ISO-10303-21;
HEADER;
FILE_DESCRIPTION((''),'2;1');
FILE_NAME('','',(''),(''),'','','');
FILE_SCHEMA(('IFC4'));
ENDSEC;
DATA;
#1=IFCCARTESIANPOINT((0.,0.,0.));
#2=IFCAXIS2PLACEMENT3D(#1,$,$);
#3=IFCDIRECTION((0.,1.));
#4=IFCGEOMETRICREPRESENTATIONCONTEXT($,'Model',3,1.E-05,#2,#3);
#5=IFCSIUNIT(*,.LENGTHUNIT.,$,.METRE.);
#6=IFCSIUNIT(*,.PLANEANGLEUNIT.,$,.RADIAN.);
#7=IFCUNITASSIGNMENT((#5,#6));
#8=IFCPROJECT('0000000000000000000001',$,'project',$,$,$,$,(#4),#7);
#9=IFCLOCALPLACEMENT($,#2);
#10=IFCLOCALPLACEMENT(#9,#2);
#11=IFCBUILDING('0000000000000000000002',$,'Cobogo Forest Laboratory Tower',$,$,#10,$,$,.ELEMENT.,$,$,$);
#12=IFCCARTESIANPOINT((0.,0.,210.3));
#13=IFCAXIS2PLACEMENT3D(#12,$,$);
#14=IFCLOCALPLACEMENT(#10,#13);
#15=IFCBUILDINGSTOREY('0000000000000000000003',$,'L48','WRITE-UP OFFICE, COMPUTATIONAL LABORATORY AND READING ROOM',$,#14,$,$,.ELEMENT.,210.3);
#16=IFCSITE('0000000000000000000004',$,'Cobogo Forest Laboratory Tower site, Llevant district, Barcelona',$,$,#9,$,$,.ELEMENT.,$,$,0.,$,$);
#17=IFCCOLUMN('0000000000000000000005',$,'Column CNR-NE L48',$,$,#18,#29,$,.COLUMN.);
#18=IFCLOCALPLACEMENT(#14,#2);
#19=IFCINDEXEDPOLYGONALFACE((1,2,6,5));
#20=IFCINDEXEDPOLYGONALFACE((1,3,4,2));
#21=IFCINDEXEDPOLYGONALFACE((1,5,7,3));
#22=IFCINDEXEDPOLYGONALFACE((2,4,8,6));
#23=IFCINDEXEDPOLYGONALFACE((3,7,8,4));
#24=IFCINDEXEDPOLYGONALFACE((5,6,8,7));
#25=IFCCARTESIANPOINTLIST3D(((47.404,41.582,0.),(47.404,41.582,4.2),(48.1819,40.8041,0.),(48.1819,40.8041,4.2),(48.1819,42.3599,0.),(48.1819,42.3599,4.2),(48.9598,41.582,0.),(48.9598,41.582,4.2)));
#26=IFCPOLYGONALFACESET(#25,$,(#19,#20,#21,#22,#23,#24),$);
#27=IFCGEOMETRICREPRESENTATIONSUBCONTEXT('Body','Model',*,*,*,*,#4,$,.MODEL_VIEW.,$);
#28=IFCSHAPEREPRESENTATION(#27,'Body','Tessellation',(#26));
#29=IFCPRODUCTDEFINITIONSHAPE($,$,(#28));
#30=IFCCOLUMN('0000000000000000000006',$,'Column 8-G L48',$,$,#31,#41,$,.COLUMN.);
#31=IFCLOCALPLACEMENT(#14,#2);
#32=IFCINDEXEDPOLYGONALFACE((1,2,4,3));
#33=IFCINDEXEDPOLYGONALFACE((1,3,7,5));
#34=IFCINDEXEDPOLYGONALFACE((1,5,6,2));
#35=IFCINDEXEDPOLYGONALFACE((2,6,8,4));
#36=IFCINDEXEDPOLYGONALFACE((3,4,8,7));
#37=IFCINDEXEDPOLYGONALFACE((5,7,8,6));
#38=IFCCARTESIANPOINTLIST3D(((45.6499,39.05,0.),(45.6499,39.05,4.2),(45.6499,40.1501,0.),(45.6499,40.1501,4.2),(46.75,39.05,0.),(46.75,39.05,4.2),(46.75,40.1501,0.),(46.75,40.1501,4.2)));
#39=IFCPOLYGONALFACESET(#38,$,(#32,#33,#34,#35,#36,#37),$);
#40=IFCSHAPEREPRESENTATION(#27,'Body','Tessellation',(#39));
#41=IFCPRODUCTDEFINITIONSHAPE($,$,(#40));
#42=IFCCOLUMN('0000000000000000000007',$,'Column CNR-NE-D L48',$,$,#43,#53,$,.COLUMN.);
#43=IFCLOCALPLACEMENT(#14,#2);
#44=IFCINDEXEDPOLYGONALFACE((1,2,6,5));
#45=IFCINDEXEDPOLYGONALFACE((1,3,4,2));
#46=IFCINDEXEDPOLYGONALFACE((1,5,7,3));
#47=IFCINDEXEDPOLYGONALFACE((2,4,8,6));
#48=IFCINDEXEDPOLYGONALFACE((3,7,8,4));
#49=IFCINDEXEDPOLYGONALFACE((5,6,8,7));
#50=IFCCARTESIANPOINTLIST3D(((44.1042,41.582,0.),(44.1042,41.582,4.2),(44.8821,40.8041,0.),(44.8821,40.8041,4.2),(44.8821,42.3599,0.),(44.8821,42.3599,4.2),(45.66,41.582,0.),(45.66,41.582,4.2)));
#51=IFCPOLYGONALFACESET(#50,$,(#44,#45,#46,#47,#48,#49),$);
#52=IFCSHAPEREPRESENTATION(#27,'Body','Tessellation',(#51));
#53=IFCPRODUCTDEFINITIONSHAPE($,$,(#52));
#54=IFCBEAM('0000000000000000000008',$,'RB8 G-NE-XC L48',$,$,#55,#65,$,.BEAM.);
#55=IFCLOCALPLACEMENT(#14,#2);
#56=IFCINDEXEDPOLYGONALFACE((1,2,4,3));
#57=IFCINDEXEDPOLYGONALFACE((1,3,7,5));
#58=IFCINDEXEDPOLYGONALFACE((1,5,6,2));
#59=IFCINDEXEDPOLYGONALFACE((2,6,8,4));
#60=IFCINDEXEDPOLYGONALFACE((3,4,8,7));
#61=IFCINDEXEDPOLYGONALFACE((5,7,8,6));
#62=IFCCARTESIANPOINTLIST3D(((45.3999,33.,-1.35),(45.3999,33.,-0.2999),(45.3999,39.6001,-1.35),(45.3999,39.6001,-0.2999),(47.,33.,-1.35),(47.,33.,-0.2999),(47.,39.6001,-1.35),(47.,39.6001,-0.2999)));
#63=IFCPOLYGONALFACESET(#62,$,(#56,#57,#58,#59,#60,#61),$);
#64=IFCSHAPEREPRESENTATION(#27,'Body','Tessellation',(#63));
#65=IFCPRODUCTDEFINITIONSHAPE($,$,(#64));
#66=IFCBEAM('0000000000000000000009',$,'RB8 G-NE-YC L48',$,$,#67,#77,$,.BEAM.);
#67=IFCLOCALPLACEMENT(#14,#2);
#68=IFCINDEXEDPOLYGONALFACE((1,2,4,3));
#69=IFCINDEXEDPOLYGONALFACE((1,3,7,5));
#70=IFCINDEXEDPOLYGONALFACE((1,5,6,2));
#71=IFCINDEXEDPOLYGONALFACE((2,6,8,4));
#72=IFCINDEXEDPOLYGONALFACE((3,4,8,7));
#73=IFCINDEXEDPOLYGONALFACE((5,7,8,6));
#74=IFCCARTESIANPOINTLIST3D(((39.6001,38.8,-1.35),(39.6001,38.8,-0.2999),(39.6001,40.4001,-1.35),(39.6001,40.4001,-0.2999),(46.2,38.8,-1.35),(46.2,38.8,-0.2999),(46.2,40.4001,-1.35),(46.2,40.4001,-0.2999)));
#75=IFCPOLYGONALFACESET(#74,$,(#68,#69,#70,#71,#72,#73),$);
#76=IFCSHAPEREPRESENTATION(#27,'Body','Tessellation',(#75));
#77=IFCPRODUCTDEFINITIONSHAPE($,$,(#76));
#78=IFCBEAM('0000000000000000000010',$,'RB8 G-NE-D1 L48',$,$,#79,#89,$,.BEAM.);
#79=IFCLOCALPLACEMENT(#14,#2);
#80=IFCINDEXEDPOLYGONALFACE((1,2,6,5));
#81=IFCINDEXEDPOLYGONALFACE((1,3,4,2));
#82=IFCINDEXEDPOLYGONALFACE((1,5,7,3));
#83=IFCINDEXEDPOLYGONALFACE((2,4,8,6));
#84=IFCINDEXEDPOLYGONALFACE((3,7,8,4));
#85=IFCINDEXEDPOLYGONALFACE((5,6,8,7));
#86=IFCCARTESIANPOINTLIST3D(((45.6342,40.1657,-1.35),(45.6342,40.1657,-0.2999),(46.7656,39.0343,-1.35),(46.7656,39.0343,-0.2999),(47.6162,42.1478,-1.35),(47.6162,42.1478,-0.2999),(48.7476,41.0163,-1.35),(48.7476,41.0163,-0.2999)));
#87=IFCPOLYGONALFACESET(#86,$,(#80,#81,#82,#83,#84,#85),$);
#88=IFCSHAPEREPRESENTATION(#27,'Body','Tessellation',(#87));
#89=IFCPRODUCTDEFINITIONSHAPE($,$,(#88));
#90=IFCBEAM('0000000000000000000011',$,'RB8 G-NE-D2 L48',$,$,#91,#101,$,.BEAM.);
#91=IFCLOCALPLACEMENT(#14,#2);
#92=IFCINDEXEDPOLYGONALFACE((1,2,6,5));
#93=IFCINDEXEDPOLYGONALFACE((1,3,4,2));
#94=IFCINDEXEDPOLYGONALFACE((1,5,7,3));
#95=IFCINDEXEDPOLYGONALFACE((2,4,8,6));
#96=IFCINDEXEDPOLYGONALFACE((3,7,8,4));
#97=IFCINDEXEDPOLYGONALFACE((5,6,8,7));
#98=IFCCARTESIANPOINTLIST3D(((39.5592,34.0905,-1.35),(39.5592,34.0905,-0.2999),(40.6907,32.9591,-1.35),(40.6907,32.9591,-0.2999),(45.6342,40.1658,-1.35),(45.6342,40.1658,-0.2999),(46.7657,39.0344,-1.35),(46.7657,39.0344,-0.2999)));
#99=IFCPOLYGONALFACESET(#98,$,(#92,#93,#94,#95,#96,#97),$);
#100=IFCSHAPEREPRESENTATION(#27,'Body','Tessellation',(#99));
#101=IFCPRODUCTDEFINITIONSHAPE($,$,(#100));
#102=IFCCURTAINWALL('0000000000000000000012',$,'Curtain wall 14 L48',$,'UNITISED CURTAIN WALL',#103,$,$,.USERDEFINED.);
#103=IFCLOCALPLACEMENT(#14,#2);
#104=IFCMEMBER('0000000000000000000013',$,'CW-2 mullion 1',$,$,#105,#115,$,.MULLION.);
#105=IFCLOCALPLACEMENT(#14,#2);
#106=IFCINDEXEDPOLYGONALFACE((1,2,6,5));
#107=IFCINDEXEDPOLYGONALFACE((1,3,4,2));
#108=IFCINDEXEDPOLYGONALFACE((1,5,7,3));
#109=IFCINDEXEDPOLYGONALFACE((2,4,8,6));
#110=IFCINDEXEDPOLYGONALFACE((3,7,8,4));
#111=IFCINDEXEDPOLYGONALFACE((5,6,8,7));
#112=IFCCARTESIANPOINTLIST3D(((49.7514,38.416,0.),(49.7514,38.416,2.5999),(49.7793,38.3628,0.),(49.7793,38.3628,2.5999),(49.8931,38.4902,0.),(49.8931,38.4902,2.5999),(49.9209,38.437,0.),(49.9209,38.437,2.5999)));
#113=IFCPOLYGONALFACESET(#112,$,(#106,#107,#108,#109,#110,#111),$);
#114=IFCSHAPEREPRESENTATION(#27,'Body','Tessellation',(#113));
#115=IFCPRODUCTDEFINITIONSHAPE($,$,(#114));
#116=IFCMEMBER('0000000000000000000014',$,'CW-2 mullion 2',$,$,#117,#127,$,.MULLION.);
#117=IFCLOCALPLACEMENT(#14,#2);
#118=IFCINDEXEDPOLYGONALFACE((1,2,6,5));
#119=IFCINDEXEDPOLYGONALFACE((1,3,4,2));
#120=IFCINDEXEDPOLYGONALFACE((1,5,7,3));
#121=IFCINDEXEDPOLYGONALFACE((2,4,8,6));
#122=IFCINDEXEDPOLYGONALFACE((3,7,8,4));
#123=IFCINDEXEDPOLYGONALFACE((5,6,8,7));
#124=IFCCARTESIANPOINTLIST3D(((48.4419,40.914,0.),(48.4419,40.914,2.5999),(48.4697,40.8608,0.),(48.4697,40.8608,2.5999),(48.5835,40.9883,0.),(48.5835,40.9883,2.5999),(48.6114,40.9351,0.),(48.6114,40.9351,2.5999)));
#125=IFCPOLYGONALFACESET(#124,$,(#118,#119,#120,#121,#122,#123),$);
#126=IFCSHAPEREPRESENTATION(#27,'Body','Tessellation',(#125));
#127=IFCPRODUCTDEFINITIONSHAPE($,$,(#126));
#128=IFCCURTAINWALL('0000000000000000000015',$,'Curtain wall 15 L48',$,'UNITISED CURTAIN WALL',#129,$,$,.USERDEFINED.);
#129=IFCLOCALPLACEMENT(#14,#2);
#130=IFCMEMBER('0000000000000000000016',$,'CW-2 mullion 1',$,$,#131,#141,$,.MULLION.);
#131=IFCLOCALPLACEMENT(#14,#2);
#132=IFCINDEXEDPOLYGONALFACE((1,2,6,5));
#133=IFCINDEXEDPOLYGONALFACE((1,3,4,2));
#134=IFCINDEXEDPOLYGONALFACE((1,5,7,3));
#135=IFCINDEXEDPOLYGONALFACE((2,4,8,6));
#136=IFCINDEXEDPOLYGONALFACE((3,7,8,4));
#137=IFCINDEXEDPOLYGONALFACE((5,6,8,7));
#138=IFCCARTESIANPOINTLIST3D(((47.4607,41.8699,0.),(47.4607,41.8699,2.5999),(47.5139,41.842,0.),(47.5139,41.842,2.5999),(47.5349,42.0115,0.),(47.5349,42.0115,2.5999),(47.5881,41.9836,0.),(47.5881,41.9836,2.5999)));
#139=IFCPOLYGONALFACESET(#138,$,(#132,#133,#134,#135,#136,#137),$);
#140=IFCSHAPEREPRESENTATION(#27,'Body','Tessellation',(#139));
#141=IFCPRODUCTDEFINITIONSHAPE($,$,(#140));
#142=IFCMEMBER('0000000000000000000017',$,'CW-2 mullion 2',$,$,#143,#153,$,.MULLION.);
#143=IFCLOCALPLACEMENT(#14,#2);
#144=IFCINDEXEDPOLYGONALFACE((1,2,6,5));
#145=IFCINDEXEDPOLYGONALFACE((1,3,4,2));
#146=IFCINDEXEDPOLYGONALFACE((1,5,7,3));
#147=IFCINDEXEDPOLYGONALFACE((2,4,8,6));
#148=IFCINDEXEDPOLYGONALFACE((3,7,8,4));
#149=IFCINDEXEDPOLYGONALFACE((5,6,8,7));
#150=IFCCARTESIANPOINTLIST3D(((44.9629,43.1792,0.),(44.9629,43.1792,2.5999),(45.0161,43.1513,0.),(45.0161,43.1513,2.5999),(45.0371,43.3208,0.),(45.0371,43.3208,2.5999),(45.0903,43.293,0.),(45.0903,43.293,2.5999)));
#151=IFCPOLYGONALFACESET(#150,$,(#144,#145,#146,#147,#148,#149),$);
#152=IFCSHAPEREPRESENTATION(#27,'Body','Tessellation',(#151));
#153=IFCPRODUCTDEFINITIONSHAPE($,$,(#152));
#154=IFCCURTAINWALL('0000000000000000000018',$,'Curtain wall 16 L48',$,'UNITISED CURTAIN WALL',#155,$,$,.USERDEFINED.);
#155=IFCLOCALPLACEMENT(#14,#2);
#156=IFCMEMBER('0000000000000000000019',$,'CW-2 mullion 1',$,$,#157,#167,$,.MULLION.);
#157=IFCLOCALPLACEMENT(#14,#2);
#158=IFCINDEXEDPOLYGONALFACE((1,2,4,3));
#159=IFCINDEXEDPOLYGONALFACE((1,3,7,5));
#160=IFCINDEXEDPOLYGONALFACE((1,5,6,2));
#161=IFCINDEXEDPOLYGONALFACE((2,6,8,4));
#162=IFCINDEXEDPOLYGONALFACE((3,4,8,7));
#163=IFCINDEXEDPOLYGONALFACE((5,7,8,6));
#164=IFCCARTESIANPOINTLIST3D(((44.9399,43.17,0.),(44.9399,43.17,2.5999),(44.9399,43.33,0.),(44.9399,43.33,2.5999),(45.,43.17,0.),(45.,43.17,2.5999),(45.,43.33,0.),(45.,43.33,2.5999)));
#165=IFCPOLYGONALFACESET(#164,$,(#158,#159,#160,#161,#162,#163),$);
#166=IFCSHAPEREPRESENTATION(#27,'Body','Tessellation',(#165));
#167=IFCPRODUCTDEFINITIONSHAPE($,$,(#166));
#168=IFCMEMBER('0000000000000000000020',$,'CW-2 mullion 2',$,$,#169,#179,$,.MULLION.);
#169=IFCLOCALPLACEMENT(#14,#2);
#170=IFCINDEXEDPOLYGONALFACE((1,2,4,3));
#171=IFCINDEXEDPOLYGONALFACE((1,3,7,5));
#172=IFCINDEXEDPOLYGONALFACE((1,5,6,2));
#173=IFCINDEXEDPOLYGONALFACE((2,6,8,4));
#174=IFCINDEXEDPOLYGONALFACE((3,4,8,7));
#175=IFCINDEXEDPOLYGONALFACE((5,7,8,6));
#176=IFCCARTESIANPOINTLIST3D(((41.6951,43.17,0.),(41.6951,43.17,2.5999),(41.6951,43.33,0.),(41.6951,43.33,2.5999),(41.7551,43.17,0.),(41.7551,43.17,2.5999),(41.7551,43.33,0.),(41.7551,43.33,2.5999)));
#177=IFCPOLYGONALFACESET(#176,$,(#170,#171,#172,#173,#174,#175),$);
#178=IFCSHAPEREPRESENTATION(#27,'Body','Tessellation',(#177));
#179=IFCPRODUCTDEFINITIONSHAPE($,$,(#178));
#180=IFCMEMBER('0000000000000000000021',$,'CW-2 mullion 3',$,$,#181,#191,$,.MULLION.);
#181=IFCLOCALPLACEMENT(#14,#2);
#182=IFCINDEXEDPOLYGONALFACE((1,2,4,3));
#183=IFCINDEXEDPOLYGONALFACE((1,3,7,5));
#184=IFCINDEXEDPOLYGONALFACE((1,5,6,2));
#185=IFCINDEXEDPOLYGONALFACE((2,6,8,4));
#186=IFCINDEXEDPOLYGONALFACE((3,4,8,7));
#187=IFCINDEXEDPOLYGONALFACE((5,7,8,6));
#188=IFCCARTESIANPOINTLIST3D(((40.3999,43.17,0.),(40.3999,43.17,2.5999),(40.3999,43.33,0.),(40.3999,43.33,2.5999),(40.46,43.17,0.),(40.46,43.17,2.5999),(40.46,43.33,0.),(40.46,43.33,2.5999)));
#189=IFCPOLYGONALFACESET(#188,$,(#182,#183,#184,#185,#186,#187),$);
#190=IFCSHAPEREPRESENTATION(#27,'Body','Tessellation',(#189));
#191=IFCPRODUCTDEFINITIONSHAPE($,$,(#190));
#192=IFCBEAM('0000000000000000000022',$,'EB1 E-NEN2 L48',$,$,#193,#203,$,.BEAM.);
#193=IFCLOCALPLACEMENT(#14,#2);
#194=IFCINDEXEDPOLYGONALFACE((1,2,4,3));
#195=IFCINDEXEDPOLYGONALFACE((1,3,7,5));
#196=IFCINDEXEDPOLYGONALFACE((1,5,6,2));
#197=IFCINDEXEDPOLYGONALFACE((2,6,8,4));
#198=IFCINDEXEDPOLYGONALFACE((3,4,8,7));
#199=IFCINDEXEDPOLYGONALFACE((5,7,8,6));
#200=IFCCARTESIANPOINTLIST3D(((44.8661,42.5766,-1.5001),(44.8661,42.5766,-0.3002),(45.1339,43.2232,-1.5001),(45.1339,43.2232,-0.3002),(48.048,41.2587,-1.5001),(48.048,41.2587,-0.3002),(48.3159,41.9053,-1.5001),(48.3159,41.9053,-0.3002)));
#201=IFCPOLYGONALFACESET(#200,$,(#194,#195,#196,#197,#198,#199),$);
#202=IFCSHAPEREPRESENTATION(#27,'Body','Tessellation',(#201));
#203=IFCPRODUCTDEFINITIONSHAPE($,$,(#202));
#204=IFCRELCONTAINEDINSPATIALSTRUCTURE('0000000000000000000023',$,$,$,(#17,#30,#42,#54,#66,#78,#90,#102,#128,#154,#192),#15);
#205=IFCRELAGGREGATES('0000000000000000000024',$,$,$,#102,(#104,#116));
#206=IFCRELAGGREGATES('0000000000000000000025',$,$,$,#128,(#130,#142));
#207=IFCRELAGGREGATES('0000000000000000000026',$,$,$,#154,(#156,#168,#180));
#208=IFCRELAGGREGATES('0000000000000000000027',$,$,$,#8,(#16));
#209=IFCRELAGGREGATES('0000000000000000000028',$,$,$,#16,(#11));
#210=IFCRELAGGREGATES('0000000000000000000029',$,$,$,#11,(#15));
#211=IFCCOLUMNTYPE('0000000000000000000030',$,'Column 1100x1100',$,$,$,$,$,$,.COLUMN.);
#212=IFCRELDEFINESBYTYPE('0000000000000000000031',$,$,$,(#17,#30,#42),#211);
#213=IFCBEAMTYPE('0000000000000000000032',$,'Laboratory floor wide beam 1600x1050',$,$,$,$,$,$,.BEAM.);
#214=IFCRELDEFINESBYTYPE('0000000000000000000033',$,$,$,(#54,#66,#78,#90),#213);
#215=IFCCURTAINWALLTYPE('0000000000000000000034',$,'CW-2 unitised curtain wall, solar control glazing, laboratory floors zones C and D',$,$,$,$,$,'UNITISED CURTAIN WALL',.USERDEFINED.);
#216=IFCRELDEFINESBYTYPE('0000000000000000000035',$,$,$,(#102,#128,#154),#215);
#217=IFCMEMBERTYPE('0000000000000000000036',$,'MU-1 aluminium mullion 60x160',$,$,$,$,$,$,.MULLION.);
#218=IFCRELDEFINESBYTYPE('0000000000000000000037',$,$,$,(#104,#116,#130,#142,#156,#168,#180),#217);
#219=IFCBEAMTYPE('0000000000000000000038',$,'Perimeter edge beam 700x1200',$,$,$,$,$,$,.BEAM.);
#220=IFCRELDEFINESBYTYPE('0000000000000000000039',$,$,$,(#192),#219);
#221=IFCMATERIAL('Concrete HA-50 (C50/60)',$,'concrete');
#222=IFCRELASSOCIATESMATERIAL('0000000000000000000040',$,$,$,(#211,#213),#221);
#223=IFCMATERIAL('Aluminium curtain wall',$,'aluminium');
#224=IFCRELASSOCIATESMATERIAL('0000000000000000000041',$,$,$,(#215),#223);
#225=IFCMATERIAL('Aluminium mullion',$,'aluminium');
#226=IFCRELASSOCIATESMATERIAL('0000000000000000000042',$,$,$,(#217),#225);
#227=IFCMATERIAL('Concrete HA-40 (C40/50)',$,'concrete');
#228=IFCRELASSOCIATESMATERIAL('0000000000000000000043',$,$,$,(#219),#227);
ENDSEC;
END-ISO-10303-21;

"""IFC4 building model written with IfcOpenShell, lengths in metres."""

from ifc_helpers import new_model, si_unit, direction, frame, origin, origin_2d, place, context, subcontext, project, spatial, rectangle, extrude, material, material_profile, profile_set, type_object, element, aggregate, save


model = new_model("IFC4")

# Units and contexts
model_context = context("Model", 3, precision=1e-05, world=origin(), true_north=direction((0.0, 1.0)))
body_context = subcontext(model_context, "Body", "Model", "MODEL_VIEW")
ifc_project = project(units=[si_unit("LENGTHUNIT", "METRE"), si_unit("PLANEANGLEUNIT", "RADIAN")], contexts=[model_context])

# Site, building, storey
site_placement = place(None, origin())
site = spatial("IfcSite", under=ifc_project, at=site_placement, Name="Cobogo Forest Laboratory Tower site, Llevant district, Barcelona", CompositionType="ELEMENT", RefElevation=0.0)
building_placement = place(site_placement, origin())
building = spatial("IfcBuilding", under=site, at=building_placement, Name="Cobogo Forest Laboratory Tower", CompositionType="ELEMENT")
storey_placement = place(building_placement, frame((0.0, 0.0, 210.3)))
storey = spatial("IfcBuildingStorey", under=building, at=storey_placement, Name="L48", Description="WRITE-UP OFFICE, COMPUTATIONAL LABORATORY AND READING ROOM", CompositionType="ELEMENT", Elevation=210.3)

# Columns
ifc_material_1 = material(Name="Concrete HA-50 (C50/60)", Category="concrete")
ifc_material_profile_1 = material_profile(ifc_material_1, rectangle(XDim=1.1001, YDim=1.1001, at=origin_2d()), Name="RC 1100x1100")
ifc_profile_set_1 = profile_set([ifc_material_profile_1], Name="Concrete HA-50 (C50/60)")
column_type = type_object("IfcColumnType", Name="Column 1100x1100", PredefinedType="COLUMN", material=ifc_profile_set_1)
for number, where, z_axis, x_axis, name in (
    (1, (48.1819, 41.582, 0.0), (0.0, 0.0, 1.0), (0.707107, 0.707107, 0.0), "Column CNR-NE L48"),
    (2, (46.2, 39.6001, 0.0), (0.0, 0.0, 1.0), (1.0, 0.0, 0.0), "Column 8-G L48"),
    (3, (44.8821, 41.582, 0.0), (0.0, 0.0, 1.0), (0.707107, 0.707107, 0.0), "Column CNR-NE-D L48"),
):
    element("IfcColumn", number, at=place(storey_placement, frame(where, z_axis=z_axis, x_axis=x_axis)), inside=storey, type_object=column_type, Name=name, PredefinedType="COLUMN", context=body_context, shape_type="SweptSolid", body=[
        extrude(rectangle(XDim=1.1001, YDim=1.1001, at=origin_2d()), origin(), (0.0, 0.0, 1.0), 4.2),
    ])

# Beams
ifc_material_profile_2 = material_profile(ifc_material_1, rectangle(XDim=1.6001, YDim=1.05, at=origin_2d()), Name="RC 1600x1050")
ifc_profile_set_2 = profile_set([ifc_material_profile_2], Name="Concrete HA-50 (C50/60)")
beam_type_1 = type_object("IfcBeamType", Name="Laboratory floor wide beam 1600x1050", PredefinedType="BEAM", material=ifc_profile_set_2)
beam_1_placement = place(storey_placement, frame((46.2, 39.6001, -0.825), z_axis=(0.0, -1.0, 0.0), x_axis=(1.0, 0.0, 0.0)))
element("IfcBeam", 4, at=beam_1_placement, inside=storey, type_object=beam_type_1, Name="RB8 G-NE-XC L48", PredefinedType="BEAM", context=body_context, shape_type="SweptSolid", body=[
    extrude(rectangle(XDim=1.6001, YDim=1.05, at=origin_2d()), origin(), (0.0, 0.0, 1.0), 6.6001),
])
beam_2_placement = place(storey_placement, frame((46.2, 39.6001, -0.825), z_axis=(-1.0, 0.0, 0.0), x_axis=(0.0, -1.0, 0.0)))
element("IfcBeam", 5, at=beam_2_placement, inside=storey, type_object=beam_type_1, Name="RB8 G-NE-YC L48", PredefinedType="BEAM", context=body_context, shape_type="SweptSolid", body=[
    extrude(rectangle(XDim=1.6001, YDim=1.05, at=origin_2d()), origin(), (0.0, 0.0, 1.0), 6.5999),
])
beam_3_placement = place(storey_placement, frame((48.1819, 41.582, -0.825), z_axis=(-0.707107, -0.707107, 0.0), x_axis=(0.707107, -0.707107, 0.0)))
element("IfcBeam", 6, at=beam_3_placement, inside=storey, type_object=beam_type_1, Name="RB8 G-NE-D1 L48", PredefinedType="BEAM", context=body_context, shape_type="SweptSolid", body=[
    extrude(rectangle(XDim=1.6001, YDim=1.05, at=origin_2d()), origin(), (0.0, 0.0, 1.0), 2.803),
])
beam_4_placement = place(storey_placement, frame((46.2, 39.6001, -0.825), z_axis=(-0.707093, -0.707121, 0.0), x_axis=(0.707121, -0.707093, 0.0)))
element("IfcBeam", 7, at=beam_4_placement, inside=storey, type_object=beam_type_1, Name="RB8 G-NE-D2 L48", PredefinedType="BEAM", context=body_context, shape_type="SweptSolid", body=[
    extrude(rectangle(XDim=1.6001, YDim=1.05, at=origin_2d()), origin(), (0.0, 0.0, 1.0), 8.5916),
])

# Curtain walls, members
ifc_material_2 = material(Name="Aluminium curtain wall", Category="aluminium")
curtain_wall_type = type_object("IfcCurtainWallType", Name="CW-2 unitised curtain wall, solar control glazing, laboratory floors zones C and D", ElementType="UNITISED CURTAIN WALL", PredefinedType="USERDEFINED", material=ifc_material_2)
curtain_wall_1_placement = place(storey_placement, origin())
curtain_wall_1 = element("IfcCurtainWall", 8, at=curtain_wall_1_placement, inside=storey, type_object=curtain_wall_type, Name="Curtain wall 14 L48", ObjectType="UNITISED CURTAIN WALL", PredefinedType="USERDEFINED")
ifc_material_3 = material(Name="Aluminium mullion", Category="aluminium")
ifc_material_profile_3 = material_profile(ifc_material_3, rectangle(XDim=0.0601, YDim=0.1599, at=origin_2d()), Name="AL 60x160")
ifc_profile_set_3 = profile_set([ifc_material_profile_3], Name="Aluminium mullion")
member_type_1 = type_object("IfcMemberType", Name="MU-1 aluminium mullion 60x160", PredefinedType="MULLION", material=ifc_profile_set_3)
member_1_placement = place(storey_placement, frame((49.8362, 38.4265, 0.0), z_axis=(0.0, 0.0, 1.0), x_axis=(-0.464284, 0.885686, 0.0)))
member_1 = element("IfcMember", 9, at=member_1_placement, type_object=member_type_1, Name="CW-2 mullion 1", PredefinedType="MULLION", context=body_context, shape_type="SweptSolid", body=[
    extrude(rectangle(XDim=0.0601, YDim=0.1599, at=origin_2d()), origin(), (0.0, 0.0, 1.0), 2.5999),
])
member_2_placement = place(storey_placement, frame((48.5266, 40.9246, 0.0), z_axis=(0.0, 0.0, 1.0), x_axis=(-0.464284, 0.885686, 0.0)))
member_2 = element("IfcMember", 10, at=member_2_placement, type_object=member_type_1, Name="CW-2 mullion 2", PredefinedType="MULLION", context=body_context, shape_type="SweptSolid", body=[
    extrude(rectangle(XDim=0.0601, YDim=0.1599, at=origin_2d()), origin(), (0.0, 0.0, 1.0), 2.5999),
])
curtain_wall_2_placement = place(storey_placement, origin())
curtain_wall_2 = element("IfcCurtainWall", 11, at=curtain_wall_2_placement, inside=storey, type_object=curtain_wall_type, Name="Curtain wall 15 L48", ObjectType="UNITISED CURTAIN WALL", PredefinedType="USERDEFINED")
member_3_placement = place(storey_placement, frame((47.5244, 41.9268, 0.0), z_axis=(0.0, 0.0, 1.0), x_axis=(-0.885686, 0.464284, 0.0)))
member_3 = element("IfcMember", 12, at=member_3_placement, type_object=member_type_1, Name="CW-2 mullion 1", PredefinedType="MULLION", context=body_context, shape_type="SweptSolid", body=[
    extrude(rectangle(XDim=0.0601, YDim=0.1599, at=origin_2d()), origin(), (0.0, 0.0, 1.0), 2.5999),
])
member_4_placement = place(storey_placement, frame((45.0266, 43.2361, 0.0), z_axis=(0.0, 0.0, 1.0), x_axis=(-0.885686, 0.464284, 0.0)))
member_4 = element("IfcMember", 13, at=member_4_placement, type_object=member_type_1, Name="CW-2 mullion 2", PredefinedType="MULLION", context=body_context, shape_type="SweptSolid", body=[
    extrude(rectangle(XDim=0.0601, YDim=0.1599, at=origin_2d()), origin(), (0.0, 0.0, 1.0), 2.5999),
])
curtain_wall_3_placement = place(storey_placement, origin())
curtain_wall_3 = element("IfcCurtainWall", 14, at=curtain_wall_3_placement, inside=storey, type_object=curtain_wall_type, Name="Curtain wall 16 L48", ObjectType="UNITISED CURTAIN WALL", PredefinedType="USERDEFINED")
member_5_placement = place(storey_placement, frame((44.97, 43.25, 0.0), z_axis=(0.0, 0.0, 1.0), x_axis=(-1.0, 0.0, 0.0)))
member_5 = element("IfcMember", 15, at=member_5_placement, type_object=member_type_1, Name="CW-2 mullion 1", PredefinedType="MULLION", context=body_context, shape_type="SweptSolid", body=[
    extrude(rectangle(XDim=0.0601, YDim=0.1599, at=origin_2d()), origin(), (0.0, 0.0, 1.0), 2.5999),
])
member_6_placement = place(storey_placement, frame((41.7251, 43.25, 0.0), z_axis=(0.0, 0.0, 1.0), x_axis=(-1.0, 0.0, 0.0)))
member_6 = element("IfcMember", 16, at=member_6_placement, type_object=member_type_1, Name="CW-2 mullion 2", PredefinedType="MULLION", context=body_context, shape_type="SweptSolid", body=[
    extrude(rectangle(XDim=0.0601, YDim=0.1599, at=origin_2d()), origin(), (0.0, 0.0, 1.0), 2.5999),
])
member_7_placement = place(storey_placement, frame((40.4299, 43.25, 0.0), z_axis=(0.0, 0.0, 1.0), x_axis=(-1.0, 0.0, 0.0)))
member_7 = element("IfcMember", 17, at=member_7_placement, type_object=member_type_1, Name="CW-2 mullion 3", PredefinedType="MULLION", context=body_context, shape_type="SweptSolid", body=[
    extrude(rectangle(XDim=0.0601, YDim=0.1599, at=origin_2d()), origin(), (0.0, 0.0, 1.0), 2.5999),
])

# Beam
ifc_material_4 = material(Name="Concrete HA-40 (C40/50)", Category="concrete")
ifc_material_profile_4 = material_profile(ifc_material_4, rectangle(XDim=0.7, YDim=1.2, at=origin_2d()), Name="RC 700x1200")
ifc_profile_set_4 = profile_set([ifc_material_profile_4], Name="Concrete HA-40 (C40/50)")
beam_type_2 = type_object("IfcBeamType", Name="Perimeter edge beam 700x1200", PredefinedType="BEAM", material=ifc_profile_set_4)
beam_5_placement = place(storey_placement, frame((45.0, 42.8999, -0.9001), z_axis=(0.923891, -0.382656, 0.0), x_axis=(0.382656, 0.923891, 0.0)))
element("IfcBeam", 18, at=beam_5_placement, inside=storey, type_object=beam_type_2, Name="EB1 E-NEN2 L48", PredefinedType="BEAM", context=body_context, shape_type="SweptSolid", body=[
    extrude(rectangle(XDim=0.7, YDim=1.2, at=origin_2d()), origin(), (0.0, 0.0, 1.0), 3.4441),
])

aggregate(curtain_wall_1, [member_1, member_2])
aggregate(curtain_wall_2, [member_3, member_4])
aggregate(curtain_wall_3, [member_5, member_6, member_7])

save(model, "model.ifc")
